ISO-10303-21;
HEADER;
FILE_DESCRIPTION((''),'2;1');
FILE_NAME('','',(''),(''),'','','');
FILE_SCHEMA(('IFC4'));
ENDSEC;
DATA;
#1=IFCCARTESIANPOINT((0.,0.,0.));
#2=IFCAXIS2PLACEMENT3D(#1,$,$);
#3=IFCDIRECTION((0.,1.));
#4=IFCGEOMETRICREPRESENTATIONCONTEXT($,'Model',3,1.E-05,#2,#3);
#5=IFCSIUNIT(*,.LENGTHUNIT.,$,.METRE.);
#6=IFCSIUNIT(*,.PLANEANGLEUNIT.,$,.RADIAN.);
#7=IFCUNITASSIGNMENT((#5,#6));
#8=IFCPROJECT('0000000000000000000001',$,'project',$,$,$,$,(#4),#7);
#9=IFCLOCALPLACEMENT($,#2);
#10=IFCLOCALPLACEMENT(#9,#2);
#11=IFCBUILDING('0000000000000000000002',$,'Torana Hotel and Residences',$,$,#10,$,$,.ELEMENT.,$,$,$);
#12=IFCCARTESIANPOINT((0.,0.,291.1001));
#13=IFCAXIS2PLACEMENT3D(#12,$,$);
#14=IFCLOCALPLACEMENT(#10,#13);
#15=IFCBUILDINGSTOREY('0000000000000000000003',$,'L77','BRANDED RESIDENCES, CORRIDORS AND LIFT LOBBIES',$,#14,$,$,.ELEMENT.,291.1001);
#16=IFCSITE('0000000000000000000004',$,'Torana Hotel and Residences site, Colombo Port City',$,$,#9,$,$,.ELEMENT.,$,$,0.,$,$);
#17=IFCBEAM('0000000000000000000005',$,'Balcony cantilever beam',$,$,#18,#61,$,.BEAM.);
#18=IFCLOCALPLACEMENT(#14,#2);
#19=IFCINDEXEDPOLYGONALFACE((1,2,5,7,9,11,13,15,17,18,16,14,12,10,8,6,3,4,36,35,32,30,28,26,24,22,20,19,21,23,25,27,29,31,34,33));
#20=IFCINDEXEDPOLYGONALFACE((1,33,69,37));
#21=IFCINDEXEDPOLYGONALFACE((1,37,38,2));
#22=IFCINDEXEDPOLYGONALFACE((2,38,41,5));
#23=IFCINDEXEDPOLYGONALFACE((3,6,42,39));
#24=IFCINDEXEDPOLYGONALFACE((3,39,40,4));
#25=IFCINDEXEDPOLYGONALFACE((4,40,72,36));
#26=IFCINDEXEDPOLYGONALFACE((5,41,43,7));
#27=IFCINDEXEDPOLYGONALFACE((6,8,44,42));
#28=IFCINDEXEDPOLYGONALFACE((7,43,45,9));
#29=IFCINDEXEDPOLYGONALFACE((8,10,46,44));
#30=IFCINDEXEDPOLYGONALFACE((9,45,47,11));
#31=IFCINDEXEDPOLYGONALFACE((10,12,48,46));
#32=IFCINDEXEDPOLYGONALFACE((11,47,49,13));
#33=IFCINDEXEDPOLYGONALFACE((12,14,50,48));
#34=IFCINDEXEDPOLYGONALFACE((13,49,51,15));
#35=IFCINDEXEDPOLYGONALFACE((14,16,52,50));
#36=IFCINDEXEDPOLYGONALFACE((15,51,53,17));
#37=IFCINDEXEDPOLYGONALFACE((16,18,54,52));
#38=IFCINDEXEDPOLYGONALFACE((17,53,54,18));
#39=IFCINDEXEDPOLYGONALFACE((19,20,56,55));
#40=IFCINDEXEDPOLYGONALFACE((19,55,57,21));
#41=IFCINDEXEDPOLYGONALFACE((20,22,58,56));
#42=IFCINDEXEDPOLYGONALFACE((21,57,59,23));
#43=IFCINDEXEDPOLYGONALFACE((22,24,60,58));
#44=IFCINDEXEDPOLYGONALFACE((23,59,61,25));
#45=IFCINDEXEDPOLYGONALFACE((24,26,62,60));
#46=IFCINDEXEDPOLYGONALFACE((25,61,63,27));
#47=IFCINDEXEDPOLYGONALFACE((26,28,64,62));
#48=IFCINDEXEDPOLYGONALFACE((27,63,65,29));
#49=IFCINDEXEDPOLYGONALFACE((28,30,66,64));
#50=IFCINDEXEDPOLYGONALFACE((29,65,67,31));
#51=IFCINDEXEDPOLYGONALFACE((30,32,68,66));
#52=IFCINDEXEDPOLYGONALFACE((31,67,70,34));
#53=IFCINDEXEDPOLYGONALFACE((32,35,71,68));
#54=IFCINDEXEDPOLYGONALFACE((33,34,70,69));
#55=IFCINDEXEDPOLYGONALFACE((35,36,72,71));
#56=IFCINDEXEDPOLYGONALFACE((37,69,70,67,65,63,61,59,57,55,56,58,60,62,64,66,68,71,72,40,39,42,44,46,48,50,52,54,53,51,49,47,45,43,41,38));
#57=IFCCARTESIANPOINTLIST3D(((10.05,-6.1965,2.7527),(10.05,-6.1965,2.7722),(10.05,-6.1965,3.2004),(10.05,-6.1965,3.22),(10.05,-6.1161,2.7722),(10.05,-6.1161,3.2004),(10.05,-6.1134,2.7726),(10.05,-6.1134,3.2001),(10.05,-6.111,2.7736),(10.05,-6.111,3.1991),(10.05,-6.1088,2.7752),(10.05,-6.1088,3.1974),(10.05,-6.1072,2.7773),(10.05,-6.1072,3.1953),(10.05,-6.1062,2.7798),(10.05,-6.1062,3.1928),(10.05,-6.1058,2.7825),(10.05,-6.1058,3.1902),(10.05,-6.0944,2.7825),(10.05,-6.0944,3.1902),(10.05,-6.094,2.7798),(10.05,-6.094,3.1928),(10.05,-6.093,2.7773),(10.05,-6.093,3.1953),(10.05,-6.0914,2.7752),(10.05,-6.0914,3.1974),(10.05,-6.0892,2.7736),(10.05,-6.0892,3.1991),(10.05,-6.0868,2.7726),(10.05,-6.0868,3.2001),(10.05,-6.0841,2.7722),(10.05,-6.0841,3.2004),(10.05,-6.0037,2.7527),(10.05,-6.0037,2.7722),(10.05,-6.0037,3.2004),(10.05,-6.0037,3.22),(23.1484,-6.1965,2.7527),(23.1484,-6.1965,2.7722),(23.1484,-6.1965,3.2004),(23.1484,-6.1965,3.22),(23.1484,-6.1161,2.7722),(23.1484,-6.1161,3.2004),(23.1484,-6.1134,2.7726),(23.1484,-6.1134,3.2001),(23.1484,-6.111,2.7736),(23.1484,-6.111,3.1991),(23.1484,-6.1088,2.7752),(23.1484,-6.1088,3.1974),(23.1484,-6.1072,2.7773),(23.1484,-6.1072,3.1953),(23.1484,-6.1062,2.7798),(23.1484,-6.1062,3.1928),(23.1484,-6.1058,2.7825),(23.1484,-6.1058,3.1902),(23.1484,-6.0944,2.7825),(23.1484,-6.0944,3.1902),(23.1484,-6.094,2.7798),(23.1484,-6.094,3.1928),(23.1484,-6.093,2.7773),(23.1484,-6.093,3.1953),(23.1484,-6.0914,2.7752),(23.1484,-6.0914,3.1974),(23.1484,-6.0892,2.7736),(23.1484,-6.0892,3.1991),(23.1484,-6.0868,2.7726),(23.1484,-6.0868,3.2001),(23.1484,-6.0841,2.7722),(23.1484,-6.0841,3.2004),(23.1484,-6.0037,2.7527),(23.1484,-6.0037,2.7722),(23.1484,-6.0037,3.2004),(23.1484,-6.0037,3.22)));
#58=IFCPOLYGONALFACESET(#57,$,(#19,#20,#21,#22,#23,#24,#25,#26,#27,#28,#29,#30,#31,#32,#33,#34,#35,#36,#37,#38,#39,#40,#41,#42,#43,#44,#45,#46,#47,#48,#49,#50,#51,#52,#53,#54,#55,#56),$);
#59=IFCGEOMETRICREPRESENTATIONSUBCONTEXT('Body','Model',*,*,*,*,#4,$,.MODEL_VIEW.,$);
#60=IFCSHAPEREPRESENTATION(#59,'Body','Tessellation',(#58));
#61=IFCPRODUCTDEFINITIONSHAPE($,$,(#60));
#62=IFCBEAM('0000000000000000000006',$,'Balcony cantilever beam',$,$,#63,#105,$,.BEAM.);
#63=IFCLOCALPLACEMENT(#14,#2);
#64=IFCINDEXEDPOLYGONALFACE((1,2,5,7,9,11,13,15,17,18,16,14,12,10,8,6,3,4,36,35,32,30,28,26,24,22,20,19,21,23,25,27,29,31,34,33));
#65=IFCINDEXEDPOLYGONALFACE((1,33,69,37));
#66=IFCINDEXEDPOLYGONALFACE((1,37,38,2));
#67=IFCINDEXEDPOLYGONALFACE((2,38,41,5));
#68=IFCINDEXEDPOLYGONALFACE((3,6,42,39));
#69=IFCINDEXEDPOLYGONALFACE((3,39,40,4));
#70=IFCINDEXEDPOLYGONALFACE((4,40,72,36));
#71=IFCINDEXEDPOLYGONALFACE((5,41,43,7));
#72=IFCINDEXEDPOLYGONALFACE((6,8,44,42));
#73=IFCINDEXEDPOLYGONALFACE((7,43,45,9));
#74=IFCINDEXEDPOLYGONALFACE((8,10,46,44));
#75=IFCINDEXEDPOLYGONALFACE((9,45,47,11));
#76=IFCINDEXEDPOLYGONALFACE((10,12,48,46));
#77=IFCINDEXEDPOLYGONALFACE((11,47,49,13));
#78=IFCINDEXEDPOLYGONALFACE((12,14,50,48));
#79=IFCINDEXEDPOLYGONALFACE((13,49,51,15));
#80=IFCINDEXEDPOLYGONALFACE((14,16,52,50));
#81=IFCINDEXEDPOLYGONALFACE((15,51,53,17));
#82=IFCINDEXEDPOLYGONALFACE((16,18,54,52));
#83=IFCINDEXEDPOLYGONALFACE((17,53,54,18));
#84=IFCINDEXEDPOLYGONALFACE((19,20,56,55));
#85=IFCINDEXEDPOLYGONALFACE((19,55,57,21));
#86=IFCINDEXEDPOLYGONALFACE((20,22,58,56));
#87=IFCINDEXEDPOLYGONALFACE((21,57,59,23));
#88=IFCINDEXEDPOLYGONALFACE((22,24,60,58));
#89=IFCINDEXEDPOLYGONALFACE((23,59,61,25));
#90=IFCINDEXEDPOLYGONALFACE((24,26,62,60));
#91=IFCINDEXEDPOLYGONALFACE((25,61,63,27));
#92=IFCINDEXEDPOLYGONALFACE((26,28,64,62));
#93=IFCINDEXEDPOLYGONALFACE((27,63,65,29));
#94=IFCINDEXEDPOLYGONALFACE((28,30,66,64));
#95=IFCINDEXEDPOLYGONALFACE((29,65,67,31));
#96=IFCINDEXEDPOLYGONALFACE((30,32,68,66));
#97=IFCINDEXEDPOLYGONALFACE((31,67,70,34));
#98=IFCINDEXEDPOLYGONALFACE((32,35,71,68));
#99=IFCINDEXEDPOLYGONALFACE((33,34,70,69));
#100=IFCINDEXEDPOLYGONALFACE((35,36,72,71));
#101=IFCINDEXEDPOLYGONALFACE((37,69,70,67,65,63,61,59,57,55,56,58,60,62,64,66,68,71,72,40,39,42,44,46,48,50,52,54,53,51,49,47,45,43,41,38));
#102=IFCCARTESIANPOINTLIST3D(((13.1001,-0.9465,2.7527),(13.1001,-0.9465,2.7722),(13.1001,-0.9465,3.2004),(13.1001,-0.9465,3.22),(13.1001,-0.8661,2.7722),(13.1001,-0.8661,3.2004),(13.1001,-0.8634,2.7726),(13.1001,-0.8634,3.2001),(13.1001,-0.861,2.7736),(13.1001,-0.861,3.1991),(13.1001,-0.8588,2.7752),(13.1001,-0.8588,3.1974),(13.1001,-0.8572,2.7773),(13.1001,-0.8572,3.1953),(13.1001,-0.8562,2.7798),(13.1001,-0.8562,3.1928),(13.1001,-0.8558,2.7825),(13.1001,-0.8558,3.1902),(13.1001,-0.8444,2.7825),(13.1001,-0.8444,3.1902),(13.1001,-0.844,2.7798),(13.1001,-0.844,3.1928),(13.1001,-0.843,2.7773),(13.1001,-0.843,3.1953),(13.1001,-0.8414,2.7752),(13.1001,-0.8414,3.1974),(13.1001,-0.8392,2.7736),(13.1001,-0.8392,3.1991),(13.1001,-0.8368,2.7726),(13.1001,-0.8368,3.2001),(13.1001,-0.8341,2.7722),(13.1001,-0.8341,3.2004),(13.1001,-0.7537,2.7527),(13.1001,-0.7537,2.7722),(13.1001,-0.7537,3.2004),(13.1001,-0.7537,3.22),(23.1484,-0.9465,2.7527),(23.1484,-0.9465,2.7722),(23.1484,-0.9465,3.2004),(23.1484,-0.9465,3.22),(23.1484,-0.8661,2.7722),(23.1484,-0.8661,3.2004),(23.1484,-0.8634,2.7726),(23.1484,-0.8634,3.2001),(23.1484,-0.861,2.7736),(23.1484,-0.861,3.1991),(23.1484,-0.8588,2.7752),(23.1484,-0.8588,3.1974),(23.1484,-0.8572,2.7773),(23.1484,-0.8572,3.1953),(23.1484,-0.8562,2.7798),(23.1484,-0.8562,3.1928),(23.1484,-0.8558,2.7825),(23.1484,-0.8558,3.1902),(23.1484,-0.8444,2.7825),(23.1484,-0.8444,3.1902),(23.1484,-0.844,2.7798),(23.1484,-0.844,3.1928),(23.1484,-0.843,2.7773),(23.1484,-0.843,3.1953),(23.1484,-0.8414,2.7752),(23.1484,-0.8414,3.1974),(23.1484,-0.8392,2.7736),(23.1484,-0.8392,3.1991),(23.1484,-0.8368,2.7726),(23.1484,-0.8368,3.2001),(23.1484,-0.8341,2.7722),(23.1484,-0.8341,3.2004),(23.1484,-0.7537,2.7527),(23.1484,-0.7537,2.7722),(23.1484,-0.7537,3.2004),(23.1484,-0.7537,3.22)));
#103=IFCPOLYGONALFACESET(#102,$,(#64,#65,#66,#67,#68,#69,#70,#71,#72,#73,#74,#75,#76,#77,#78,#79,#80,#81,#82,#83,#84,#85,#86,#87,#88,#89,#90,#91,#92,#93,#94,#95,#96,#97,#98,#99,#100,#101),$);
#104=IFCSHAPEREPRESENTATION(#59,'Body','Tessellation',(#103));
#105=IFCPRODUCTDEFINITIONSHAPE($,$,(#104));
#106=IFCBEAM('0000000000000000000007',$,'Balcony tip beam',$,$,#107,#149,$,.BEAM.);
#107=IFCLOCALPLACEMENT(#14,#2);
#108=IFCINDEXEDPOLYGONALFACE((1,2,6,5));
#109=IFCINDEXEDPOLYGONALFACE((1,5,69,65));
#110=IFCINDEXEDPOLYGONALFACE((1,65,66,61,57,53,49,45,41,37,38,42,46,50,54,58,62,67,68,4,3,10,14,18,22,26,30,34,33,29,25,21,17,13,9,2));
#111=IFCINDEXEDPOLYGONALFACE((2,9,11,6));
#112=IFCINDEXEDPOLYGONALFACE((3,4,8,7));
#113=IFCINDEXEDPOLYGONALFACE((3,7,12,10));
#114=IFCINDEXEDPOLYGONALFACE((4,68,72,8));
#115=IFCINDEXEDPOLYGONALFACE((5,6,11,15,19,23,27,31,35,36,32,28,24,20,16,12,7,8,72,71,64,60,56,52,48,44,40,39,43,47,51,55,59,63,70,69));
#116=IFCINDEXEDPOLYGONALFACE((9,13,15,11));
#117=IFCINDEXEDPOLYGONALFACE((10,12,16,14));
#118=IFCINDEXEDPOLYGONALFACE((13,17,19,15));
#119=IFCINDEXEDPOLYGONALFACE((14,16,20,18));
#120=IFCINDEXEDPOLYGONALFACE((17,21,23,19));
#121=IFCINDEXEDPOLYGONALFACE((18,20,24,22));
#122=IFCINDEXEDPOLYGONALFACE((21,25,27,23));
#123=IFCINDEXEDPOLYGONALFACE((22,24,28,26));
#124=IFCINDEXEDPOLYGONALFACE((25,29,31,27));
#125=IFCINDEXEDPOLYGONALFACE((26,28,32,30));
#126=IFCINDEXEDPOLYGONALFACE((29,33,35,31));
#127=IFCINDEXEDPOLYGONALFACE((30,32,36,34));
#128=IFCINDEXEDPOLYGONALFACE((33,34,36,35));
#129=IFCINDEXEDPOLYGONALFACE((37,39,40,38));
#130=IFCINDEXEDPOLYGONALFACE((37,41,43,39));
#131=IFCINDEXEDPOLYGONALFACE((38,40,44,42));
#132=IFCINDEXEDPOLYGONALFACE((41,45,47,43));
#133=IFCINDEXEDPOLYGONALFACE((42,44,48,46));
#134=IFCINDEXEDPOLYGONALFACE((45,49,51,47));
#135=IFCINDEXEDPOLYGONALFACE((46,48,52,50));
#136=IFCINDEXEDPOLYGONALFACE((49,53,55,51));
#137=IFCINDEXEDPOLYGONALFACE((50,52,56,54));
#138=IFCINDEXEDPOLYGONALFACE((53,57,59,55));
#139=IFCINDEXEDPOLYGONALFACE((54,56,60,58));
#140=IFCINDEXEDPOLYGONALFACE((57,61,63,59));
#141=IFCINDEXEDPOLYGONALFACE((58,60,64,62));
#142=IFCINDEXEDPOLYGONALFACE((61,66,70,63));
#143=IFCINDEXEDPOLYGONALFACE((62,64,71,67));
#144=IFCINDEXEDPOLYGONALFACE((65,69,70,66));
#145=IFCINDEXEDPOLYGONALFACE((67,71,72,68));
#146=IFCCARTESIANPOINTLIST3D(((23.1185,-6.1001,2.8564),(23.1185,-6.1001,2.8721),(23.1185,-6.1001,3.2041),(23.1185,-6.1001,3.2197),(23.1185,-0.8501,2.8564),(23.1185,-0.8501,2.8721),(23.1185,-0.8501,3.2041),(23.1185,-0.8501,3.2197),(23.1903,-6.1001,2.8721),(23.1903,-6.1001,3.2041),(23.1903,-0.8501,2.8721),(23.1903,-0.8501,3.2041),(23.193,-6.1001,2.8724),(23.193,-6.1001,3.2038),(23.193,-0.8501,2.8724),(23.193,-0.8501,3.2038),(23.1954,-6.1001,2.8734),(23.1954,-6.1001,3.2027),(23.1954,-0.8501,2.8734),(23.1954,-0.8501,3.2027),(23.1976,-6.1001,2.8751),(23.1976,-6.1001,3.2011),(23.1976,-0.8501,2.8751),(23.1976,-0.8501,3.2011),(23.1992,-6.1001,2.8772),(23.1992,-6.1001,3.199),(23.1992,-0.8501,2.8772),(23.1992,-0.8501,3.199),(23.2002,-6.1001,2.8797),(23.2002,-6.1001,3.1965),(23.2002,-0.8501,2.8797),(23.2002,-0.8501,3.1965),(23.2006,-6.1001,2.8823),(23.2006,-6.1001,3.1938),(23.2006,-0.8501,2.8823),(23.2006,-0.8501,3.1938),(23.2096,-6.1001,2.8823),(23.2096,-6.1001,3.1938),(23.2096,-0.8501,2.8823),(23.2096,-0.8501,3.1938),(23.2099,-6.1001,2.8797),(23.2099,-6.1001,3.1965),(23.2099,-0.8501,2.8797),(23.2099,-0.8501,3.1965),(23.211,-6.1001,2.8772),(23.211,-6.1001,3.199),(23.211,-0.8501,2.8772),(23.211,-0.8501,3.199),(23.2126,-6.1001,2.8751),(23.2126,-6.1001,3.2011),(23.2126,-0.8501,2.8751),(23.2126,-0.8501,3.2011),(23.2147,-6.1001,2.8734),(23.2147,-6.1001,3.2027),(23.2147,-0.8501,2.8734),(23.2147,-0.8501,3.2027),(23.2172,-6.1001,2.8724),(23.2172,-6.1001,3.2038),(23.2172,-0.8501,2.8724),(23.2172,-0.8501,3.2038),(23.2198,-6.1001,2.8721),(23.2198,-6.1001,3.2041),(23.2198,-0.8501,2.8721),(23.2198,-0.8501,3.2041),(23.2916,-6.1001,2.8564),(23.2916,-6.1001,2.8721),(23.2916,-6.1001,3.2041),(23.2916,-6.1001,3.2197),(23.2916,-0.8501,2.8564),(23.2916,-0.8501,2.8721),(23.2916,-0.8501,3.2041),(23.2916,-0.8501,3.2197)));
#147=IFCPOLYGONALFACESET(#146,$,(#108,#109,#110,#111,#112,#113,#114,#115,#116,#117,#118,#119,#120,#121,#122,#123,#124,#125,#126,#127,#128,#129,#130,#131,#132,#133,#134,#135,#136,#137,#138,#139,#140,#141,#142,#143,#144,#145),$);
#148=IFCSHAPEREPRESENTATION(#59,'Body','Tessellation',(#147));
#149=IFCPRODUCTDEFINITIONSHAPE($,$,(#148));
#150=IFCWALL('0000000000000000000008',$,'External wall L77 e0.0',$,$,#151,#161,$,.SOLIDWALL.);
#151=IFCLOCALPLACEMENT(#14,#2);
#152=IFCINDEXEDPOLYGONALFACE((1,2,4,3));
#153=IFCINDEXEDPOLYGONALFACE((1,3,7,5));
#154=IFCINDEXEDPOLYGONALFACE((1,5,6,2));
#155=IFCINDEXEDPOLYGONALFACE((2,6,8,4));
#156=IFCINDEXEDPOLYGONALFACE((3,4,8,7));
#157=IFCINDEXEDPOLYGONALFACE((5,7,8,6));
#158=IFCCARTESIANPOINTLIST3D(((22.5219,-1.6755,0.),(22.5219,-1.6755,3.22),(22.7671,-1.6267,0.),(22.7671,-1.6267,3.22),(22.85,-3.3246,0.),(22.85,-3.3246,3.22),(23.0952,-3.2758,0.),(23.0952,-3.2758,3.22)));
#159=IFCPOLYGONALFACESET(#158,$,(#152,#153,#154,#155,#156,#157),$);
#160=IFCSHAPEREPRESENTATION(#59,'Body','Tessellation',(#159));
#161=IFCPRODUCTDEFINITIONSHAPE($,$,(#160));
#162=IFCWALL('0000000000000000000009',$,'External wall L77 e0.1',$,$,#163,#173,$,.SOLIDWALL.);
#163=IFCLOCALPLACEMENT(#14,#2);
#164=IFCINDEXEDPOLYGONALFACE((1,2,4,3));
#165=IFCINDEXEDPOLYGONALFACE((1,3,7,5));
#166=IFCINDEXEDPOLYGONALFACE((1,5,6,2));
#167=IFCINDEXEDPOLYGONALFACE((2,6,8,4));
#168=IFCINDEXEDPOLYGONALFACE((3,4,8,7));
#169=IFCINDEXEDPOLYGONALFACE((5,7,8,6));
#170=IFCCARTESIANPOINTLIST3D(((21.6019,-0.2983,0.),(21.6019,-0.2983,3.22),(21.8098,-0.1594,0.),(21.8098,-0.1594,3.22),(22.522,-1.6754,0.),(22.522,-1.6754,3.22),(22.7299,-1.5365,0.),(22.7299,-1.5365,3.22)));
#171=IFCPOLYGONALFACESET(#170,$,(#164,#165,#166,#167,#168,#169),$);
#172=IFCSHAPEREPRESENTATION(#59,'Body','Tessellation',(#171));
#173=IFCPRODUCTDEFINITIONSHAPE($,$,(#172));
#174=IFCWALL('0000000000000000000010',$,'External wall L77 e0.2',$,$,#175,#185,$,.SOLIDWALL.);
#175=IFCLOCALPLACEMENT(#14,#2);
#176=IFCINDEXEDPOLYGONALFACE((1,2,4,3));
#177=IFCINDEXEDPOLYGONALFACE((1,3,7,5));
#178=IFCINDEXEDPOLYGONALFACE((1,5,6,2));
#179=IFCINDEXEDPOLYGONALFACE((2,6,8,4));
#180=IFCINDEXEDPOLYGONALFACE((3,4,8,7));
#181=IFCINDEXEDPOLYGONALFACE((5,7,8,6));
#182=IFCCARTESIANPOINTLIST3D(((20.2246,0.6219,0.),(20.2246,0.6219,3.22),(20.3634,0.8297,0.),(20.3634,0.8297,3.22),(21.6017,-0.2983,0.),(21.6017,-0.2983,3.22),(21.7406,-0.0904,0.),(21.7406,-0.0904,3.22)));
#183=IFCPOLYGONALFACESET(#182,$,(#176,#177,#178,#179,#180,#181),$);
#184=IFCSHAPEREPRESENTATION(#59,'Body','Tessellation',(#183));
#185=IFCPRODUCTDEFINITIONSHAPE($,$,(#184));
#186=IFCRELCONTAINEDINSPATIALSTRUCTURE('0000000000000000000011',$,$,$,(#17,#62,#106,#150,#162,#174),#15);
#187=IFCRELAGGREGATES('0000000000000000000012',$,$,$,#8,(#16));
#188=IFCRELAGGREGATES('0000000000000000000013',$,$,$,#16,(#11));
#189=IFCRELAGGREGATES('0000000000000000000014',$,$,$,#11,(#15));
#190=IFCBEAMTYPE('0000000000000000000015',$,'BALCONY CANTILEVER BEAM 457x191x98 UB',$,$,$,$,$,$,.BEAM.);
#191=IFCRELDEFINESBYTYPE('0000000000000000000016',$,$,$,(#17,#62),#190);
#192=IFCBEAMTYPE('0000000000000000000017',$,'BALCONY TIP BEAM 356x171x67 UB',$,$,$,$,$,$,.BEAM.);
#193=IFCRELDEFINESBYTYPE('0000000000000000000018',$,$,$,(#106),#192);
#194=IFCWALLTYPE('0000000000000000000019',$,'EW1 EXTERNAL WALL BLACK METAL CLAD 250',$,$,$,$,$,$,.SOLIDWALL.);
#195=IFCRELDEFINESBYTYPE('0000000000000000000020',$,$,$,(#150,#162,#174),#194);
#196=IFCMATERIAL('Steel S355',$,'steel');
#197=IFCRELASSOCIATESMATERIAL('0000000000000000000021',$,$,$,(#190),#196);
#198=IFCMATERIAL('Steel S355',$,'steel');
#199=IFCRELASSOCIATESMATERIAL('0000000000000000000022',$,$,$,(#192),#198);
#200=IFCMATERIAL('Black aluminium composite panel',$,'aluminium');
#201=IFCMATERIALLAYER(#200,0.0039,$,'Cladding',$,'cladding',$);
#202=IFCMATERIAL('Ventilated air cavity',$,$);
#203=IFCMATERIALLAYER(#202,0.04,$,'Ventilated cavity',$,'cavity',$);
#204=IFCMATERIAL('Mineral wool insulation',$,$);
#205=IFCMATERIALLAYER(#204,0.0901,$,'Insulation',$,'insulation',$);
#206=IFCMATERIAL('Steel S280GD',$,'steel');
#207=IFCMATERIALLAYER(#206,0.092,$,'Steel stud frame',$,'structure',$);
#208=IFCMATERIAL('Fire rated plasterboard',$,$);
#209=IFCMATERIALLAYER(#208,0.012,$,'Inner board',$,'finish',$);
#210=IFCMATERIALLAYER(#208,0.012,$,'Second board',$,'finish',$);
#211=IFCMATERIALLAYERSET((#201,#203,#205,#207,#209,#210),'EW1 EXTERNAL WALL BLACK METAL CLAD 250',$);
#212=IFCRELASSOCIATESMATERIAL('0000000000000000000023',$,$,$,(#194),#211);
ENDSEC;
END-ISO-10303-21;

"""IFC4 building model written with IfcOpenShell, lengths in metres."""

from ifc_helpers import new_model, si_unit, direction, frame, frame_2d, origin, origin_2d, place, context, subcontext, project, spatial, rectangle, i_section, extrude, material, layer, layer_set, material_profile, profile_set, type_object, element, save


model = new_model("IFC4")

# Units and contexts
model_context = context("Model", 3, precision=1e-05, world=origin(), true_north=direction((0.0, 1.0)))
body_context = subcontext(model_context, "Body", "Model", "MODEL_VIEW")
ifc_project = project(units=[si_unit("LENGTHUNIT", "METRE"), si_unit("PLANEANGLEUNIT", "RADIAN")], contexts=[model_context])

# Site, building, storey
site_placement = place(None, origin())
site = spatial("IfcSite", under=ifc_project, at=site_placement, Name="Torana Hotel and Residences site, Colombo Port City", CompositionType="ELEMENT", RefElevation=0.0)
building_placement = place(site_placement, origin())
building = spatial("IfcBuilding", under=site, at=building_placement, Name="Torana Hotel and Residences", CompositionType="ELEMENT")
storey_placement = place(building_placement, frame((0.0, 0.0, 291.1001)))
storey = spatial("IfcBuildingStorey", under=building, at=storey_placement, Name="L77", Description="BRANDED RESIDENCES, CORRIDORS AND LIFT LOBBIES", CompositionType="ELEMENT", Elevation=291.1001)

# Beams
ifc_material_1 = material(Name="Steel S355", Category="steel")
ifc_material_profile_1 = material_profile(ifc_material_1, i_section(OverallWidth=0.1929, OverallDepth=0.4673, WebThickness=0.0115, FlangeThickness=0.0195, FilletRadius=0.0103, at=origin_2d()), Name="457x191x98 UB")
ifc_profile_set_1 = profile_set([ifc_material_profile_1], Name="Steel S355")
beam_type_1 = type_object("IfcBeamType", Name="BALCONY CANTILEVER BEAM 457x191x98 UB", PredefinedType="BEAM", material=ifc_profile_set_1)
beam_1_placement = place(storey_placement, frame((23.1484, -6.1001, 2.9863), z_axis=(-1.0, 0.0, 0.0), x_axis=(0.0, -1.0, 0.0)))
element("IfcBeam", 1, at=beam_1_placement, inside=storey, type_object=beam_type_1, Name="Balcony cantilever beam", PredefinedType="BEAM", context=body_context, shape_type="SweptSolid", body=[
    extrude(i_section(OverallWidth=0.1929, OverallDepth=0.4673, WebThickness=0.0115, FlangeThickness=0.0195, FilletRadius=0.0103, at=origin_2d()), origin(), (0.0, 0.0, 1.0), 13.0984),
])
beam_2_placement = place(storey_placement, frame((23.1484, -0.8501, 2.9863), z_axis=(-1.0, 0.0, 0.0), x_axis=(0.0, -1.0, 0.0)))
element("IfcBeam", 2, at=beam_2_placement, inside=storey, type_object=beam_type_1, Name="Balcony cantilever beam", PredefinedType="BEAM", context=body_context, shape_type="SweptSolid", body=[
    extrude(i_section(OverallWidth=0.1929, OverallDepth=0.4673, WebThickness=0.0115, FlangeThickness=0.0195, FilletRadius=0.0103, at=origin_2d()), origin(), (0.0, 0.0, 1.0), 10.0483),
])
ifc_material_2 = material(Name="Steel S355", Category="steel")
ifc_material_profile_2 = material_profile(ifc_material_2, i_section(OverallWidth=0.1731, OverallDepth=0.3633, WebThickness=0.009, FlangeThickness=0.0156, FilletRadius=0.0103, at=origin_2d()), Name="356x171x67 UB")
ifc_profile_set_2 = profile_set([ifc_material_profile_2], Name="Steel S355")
beam_type_2 = type_object("IfcBeamType", Name="BALCONY TIP BEAM 356x171x67 UB", PredefinedType="BEAM", material=ifc_profile_set_2)
beam_3_placement = place(storey_placement, frame((23.2051, -6.1001, 3.0381), z_axis=(0.0, 1.0, 0.0), x_axis=(-1.0, 0.0, 0.0)))
element("IfcBeam", 3, at=beam_3_placement, inside=storey, type_object=beam_type_2, Name="Balcony tip beam", PredefinedType="BEAM", context=body_context, shape_type="SweptSolid", body=[
    extrude(i_section(OverallWidth=0.1731, OverallDepth=0.3633, WebThickness=0.009, FlangeThickness=0.0156, FilletRadius=0.0103, at=origin_2d()), origin(), (0.0, 0.0, 1.0), 5.25),
])

# Walls
ifc_material_3 = material(Name="Black aluminium composite panel", Category="aluminium")
ifc_layer_1 = layer(ifc_material_3, 0.0039, Name="Cladding", Category="cladding")
ifc_material_4 = material(Name="Ventilated air cavity")
ifc_layer_2 = layer(ifc_material_4, 0.04, Name="Ventilated cavity", Category="cavity")
ifc_material_5 = material(Name="Mineral wool insulation")
ifc_layer_3 = layer(ifc_material_5, 0.0901, Name="Insulation", Category="insulation")
ifc_material_6 = material(Name="Steel S280GD", Category="steel")
ifc_layer_4 = layer(ifc_material_6, 0.092, Name="Steel stud frame", Category="structure")
ifc_material_7 = material(Name="Fire rated plasterboard")
ifc_layer_5 = layer(ifc_material_7, 0.012, Name="Inner board", Category="finish")
ifc_layer_6 = layer(ifc_material_7, 0.012, Name="Second board", Category="finish")
ifc_layer_set_1 = layer_set([ifc_layer_1, ifc_layer_2, ifc_layer_3, ifc_layer_4, ifc_layer_5, ifc_layer_6], Name="EW1 EXTERNAL WALL BLACK METAL CLAD 250")
wall_type_1 = type_object("IfcWallType", Name="EW1 EXTERNAL WALL BLACK METAL CLAD 250", PredefinedType="SOLIDWALL", material=ifc_layer_set_1)
wall_1_placement = place(storey_placement, frame((22.9727, -3.3003, 0.0), z_axis=(0.0, 0.0, 1.0), x_axis=(-0.195139, 0.980776, 0.0)))
element("IfcWall", 4, at=wall_1_placement, inside=storey, type_object=wall_type_1, Name="External wall L77 e0.0", PredefinedType="SOLIDWALL", context=body_context, shape_type="SweptSolid", body=[
    extrude(rectangle(XDim=1.6814, YDim=0.25, at=frame_2d((0.8408, 0.0))), origin(), (0.0, 0.0, 1.0), 3.22),
])
for number, where, z_axis, x_axis, name in (
    (5, (22.626, -1.606, 0.0), (0.0, 0.0, 1.0), (-0.55555, 0.831483, 0.0), "External wall L77 e0.1"),
    (6, (21.6711, -0.1943, 0.0), (0.0, 0.0, 1.0), (-0.831483, 0.55555, 0.0), "External wall L77 e0.2"),
):
    element("IfcWall", number, at=place(storey_placement, frame(where, z_axis=z_axis, x_axis=x_axis)), inside=storey, type_object=wall_type_1, Name=name, PredefinedType="SOLIDWALL", context=body_context, shape_type="SweptSolid", body=[
        extrude(rectangle(XDim=1.6562, YDim=0.25, at=frame_2d((0.8281, 0.0))), origin(), (0.0, 0.0, 1.0), 3.22),
    ])

save(model, "model.ifc")
